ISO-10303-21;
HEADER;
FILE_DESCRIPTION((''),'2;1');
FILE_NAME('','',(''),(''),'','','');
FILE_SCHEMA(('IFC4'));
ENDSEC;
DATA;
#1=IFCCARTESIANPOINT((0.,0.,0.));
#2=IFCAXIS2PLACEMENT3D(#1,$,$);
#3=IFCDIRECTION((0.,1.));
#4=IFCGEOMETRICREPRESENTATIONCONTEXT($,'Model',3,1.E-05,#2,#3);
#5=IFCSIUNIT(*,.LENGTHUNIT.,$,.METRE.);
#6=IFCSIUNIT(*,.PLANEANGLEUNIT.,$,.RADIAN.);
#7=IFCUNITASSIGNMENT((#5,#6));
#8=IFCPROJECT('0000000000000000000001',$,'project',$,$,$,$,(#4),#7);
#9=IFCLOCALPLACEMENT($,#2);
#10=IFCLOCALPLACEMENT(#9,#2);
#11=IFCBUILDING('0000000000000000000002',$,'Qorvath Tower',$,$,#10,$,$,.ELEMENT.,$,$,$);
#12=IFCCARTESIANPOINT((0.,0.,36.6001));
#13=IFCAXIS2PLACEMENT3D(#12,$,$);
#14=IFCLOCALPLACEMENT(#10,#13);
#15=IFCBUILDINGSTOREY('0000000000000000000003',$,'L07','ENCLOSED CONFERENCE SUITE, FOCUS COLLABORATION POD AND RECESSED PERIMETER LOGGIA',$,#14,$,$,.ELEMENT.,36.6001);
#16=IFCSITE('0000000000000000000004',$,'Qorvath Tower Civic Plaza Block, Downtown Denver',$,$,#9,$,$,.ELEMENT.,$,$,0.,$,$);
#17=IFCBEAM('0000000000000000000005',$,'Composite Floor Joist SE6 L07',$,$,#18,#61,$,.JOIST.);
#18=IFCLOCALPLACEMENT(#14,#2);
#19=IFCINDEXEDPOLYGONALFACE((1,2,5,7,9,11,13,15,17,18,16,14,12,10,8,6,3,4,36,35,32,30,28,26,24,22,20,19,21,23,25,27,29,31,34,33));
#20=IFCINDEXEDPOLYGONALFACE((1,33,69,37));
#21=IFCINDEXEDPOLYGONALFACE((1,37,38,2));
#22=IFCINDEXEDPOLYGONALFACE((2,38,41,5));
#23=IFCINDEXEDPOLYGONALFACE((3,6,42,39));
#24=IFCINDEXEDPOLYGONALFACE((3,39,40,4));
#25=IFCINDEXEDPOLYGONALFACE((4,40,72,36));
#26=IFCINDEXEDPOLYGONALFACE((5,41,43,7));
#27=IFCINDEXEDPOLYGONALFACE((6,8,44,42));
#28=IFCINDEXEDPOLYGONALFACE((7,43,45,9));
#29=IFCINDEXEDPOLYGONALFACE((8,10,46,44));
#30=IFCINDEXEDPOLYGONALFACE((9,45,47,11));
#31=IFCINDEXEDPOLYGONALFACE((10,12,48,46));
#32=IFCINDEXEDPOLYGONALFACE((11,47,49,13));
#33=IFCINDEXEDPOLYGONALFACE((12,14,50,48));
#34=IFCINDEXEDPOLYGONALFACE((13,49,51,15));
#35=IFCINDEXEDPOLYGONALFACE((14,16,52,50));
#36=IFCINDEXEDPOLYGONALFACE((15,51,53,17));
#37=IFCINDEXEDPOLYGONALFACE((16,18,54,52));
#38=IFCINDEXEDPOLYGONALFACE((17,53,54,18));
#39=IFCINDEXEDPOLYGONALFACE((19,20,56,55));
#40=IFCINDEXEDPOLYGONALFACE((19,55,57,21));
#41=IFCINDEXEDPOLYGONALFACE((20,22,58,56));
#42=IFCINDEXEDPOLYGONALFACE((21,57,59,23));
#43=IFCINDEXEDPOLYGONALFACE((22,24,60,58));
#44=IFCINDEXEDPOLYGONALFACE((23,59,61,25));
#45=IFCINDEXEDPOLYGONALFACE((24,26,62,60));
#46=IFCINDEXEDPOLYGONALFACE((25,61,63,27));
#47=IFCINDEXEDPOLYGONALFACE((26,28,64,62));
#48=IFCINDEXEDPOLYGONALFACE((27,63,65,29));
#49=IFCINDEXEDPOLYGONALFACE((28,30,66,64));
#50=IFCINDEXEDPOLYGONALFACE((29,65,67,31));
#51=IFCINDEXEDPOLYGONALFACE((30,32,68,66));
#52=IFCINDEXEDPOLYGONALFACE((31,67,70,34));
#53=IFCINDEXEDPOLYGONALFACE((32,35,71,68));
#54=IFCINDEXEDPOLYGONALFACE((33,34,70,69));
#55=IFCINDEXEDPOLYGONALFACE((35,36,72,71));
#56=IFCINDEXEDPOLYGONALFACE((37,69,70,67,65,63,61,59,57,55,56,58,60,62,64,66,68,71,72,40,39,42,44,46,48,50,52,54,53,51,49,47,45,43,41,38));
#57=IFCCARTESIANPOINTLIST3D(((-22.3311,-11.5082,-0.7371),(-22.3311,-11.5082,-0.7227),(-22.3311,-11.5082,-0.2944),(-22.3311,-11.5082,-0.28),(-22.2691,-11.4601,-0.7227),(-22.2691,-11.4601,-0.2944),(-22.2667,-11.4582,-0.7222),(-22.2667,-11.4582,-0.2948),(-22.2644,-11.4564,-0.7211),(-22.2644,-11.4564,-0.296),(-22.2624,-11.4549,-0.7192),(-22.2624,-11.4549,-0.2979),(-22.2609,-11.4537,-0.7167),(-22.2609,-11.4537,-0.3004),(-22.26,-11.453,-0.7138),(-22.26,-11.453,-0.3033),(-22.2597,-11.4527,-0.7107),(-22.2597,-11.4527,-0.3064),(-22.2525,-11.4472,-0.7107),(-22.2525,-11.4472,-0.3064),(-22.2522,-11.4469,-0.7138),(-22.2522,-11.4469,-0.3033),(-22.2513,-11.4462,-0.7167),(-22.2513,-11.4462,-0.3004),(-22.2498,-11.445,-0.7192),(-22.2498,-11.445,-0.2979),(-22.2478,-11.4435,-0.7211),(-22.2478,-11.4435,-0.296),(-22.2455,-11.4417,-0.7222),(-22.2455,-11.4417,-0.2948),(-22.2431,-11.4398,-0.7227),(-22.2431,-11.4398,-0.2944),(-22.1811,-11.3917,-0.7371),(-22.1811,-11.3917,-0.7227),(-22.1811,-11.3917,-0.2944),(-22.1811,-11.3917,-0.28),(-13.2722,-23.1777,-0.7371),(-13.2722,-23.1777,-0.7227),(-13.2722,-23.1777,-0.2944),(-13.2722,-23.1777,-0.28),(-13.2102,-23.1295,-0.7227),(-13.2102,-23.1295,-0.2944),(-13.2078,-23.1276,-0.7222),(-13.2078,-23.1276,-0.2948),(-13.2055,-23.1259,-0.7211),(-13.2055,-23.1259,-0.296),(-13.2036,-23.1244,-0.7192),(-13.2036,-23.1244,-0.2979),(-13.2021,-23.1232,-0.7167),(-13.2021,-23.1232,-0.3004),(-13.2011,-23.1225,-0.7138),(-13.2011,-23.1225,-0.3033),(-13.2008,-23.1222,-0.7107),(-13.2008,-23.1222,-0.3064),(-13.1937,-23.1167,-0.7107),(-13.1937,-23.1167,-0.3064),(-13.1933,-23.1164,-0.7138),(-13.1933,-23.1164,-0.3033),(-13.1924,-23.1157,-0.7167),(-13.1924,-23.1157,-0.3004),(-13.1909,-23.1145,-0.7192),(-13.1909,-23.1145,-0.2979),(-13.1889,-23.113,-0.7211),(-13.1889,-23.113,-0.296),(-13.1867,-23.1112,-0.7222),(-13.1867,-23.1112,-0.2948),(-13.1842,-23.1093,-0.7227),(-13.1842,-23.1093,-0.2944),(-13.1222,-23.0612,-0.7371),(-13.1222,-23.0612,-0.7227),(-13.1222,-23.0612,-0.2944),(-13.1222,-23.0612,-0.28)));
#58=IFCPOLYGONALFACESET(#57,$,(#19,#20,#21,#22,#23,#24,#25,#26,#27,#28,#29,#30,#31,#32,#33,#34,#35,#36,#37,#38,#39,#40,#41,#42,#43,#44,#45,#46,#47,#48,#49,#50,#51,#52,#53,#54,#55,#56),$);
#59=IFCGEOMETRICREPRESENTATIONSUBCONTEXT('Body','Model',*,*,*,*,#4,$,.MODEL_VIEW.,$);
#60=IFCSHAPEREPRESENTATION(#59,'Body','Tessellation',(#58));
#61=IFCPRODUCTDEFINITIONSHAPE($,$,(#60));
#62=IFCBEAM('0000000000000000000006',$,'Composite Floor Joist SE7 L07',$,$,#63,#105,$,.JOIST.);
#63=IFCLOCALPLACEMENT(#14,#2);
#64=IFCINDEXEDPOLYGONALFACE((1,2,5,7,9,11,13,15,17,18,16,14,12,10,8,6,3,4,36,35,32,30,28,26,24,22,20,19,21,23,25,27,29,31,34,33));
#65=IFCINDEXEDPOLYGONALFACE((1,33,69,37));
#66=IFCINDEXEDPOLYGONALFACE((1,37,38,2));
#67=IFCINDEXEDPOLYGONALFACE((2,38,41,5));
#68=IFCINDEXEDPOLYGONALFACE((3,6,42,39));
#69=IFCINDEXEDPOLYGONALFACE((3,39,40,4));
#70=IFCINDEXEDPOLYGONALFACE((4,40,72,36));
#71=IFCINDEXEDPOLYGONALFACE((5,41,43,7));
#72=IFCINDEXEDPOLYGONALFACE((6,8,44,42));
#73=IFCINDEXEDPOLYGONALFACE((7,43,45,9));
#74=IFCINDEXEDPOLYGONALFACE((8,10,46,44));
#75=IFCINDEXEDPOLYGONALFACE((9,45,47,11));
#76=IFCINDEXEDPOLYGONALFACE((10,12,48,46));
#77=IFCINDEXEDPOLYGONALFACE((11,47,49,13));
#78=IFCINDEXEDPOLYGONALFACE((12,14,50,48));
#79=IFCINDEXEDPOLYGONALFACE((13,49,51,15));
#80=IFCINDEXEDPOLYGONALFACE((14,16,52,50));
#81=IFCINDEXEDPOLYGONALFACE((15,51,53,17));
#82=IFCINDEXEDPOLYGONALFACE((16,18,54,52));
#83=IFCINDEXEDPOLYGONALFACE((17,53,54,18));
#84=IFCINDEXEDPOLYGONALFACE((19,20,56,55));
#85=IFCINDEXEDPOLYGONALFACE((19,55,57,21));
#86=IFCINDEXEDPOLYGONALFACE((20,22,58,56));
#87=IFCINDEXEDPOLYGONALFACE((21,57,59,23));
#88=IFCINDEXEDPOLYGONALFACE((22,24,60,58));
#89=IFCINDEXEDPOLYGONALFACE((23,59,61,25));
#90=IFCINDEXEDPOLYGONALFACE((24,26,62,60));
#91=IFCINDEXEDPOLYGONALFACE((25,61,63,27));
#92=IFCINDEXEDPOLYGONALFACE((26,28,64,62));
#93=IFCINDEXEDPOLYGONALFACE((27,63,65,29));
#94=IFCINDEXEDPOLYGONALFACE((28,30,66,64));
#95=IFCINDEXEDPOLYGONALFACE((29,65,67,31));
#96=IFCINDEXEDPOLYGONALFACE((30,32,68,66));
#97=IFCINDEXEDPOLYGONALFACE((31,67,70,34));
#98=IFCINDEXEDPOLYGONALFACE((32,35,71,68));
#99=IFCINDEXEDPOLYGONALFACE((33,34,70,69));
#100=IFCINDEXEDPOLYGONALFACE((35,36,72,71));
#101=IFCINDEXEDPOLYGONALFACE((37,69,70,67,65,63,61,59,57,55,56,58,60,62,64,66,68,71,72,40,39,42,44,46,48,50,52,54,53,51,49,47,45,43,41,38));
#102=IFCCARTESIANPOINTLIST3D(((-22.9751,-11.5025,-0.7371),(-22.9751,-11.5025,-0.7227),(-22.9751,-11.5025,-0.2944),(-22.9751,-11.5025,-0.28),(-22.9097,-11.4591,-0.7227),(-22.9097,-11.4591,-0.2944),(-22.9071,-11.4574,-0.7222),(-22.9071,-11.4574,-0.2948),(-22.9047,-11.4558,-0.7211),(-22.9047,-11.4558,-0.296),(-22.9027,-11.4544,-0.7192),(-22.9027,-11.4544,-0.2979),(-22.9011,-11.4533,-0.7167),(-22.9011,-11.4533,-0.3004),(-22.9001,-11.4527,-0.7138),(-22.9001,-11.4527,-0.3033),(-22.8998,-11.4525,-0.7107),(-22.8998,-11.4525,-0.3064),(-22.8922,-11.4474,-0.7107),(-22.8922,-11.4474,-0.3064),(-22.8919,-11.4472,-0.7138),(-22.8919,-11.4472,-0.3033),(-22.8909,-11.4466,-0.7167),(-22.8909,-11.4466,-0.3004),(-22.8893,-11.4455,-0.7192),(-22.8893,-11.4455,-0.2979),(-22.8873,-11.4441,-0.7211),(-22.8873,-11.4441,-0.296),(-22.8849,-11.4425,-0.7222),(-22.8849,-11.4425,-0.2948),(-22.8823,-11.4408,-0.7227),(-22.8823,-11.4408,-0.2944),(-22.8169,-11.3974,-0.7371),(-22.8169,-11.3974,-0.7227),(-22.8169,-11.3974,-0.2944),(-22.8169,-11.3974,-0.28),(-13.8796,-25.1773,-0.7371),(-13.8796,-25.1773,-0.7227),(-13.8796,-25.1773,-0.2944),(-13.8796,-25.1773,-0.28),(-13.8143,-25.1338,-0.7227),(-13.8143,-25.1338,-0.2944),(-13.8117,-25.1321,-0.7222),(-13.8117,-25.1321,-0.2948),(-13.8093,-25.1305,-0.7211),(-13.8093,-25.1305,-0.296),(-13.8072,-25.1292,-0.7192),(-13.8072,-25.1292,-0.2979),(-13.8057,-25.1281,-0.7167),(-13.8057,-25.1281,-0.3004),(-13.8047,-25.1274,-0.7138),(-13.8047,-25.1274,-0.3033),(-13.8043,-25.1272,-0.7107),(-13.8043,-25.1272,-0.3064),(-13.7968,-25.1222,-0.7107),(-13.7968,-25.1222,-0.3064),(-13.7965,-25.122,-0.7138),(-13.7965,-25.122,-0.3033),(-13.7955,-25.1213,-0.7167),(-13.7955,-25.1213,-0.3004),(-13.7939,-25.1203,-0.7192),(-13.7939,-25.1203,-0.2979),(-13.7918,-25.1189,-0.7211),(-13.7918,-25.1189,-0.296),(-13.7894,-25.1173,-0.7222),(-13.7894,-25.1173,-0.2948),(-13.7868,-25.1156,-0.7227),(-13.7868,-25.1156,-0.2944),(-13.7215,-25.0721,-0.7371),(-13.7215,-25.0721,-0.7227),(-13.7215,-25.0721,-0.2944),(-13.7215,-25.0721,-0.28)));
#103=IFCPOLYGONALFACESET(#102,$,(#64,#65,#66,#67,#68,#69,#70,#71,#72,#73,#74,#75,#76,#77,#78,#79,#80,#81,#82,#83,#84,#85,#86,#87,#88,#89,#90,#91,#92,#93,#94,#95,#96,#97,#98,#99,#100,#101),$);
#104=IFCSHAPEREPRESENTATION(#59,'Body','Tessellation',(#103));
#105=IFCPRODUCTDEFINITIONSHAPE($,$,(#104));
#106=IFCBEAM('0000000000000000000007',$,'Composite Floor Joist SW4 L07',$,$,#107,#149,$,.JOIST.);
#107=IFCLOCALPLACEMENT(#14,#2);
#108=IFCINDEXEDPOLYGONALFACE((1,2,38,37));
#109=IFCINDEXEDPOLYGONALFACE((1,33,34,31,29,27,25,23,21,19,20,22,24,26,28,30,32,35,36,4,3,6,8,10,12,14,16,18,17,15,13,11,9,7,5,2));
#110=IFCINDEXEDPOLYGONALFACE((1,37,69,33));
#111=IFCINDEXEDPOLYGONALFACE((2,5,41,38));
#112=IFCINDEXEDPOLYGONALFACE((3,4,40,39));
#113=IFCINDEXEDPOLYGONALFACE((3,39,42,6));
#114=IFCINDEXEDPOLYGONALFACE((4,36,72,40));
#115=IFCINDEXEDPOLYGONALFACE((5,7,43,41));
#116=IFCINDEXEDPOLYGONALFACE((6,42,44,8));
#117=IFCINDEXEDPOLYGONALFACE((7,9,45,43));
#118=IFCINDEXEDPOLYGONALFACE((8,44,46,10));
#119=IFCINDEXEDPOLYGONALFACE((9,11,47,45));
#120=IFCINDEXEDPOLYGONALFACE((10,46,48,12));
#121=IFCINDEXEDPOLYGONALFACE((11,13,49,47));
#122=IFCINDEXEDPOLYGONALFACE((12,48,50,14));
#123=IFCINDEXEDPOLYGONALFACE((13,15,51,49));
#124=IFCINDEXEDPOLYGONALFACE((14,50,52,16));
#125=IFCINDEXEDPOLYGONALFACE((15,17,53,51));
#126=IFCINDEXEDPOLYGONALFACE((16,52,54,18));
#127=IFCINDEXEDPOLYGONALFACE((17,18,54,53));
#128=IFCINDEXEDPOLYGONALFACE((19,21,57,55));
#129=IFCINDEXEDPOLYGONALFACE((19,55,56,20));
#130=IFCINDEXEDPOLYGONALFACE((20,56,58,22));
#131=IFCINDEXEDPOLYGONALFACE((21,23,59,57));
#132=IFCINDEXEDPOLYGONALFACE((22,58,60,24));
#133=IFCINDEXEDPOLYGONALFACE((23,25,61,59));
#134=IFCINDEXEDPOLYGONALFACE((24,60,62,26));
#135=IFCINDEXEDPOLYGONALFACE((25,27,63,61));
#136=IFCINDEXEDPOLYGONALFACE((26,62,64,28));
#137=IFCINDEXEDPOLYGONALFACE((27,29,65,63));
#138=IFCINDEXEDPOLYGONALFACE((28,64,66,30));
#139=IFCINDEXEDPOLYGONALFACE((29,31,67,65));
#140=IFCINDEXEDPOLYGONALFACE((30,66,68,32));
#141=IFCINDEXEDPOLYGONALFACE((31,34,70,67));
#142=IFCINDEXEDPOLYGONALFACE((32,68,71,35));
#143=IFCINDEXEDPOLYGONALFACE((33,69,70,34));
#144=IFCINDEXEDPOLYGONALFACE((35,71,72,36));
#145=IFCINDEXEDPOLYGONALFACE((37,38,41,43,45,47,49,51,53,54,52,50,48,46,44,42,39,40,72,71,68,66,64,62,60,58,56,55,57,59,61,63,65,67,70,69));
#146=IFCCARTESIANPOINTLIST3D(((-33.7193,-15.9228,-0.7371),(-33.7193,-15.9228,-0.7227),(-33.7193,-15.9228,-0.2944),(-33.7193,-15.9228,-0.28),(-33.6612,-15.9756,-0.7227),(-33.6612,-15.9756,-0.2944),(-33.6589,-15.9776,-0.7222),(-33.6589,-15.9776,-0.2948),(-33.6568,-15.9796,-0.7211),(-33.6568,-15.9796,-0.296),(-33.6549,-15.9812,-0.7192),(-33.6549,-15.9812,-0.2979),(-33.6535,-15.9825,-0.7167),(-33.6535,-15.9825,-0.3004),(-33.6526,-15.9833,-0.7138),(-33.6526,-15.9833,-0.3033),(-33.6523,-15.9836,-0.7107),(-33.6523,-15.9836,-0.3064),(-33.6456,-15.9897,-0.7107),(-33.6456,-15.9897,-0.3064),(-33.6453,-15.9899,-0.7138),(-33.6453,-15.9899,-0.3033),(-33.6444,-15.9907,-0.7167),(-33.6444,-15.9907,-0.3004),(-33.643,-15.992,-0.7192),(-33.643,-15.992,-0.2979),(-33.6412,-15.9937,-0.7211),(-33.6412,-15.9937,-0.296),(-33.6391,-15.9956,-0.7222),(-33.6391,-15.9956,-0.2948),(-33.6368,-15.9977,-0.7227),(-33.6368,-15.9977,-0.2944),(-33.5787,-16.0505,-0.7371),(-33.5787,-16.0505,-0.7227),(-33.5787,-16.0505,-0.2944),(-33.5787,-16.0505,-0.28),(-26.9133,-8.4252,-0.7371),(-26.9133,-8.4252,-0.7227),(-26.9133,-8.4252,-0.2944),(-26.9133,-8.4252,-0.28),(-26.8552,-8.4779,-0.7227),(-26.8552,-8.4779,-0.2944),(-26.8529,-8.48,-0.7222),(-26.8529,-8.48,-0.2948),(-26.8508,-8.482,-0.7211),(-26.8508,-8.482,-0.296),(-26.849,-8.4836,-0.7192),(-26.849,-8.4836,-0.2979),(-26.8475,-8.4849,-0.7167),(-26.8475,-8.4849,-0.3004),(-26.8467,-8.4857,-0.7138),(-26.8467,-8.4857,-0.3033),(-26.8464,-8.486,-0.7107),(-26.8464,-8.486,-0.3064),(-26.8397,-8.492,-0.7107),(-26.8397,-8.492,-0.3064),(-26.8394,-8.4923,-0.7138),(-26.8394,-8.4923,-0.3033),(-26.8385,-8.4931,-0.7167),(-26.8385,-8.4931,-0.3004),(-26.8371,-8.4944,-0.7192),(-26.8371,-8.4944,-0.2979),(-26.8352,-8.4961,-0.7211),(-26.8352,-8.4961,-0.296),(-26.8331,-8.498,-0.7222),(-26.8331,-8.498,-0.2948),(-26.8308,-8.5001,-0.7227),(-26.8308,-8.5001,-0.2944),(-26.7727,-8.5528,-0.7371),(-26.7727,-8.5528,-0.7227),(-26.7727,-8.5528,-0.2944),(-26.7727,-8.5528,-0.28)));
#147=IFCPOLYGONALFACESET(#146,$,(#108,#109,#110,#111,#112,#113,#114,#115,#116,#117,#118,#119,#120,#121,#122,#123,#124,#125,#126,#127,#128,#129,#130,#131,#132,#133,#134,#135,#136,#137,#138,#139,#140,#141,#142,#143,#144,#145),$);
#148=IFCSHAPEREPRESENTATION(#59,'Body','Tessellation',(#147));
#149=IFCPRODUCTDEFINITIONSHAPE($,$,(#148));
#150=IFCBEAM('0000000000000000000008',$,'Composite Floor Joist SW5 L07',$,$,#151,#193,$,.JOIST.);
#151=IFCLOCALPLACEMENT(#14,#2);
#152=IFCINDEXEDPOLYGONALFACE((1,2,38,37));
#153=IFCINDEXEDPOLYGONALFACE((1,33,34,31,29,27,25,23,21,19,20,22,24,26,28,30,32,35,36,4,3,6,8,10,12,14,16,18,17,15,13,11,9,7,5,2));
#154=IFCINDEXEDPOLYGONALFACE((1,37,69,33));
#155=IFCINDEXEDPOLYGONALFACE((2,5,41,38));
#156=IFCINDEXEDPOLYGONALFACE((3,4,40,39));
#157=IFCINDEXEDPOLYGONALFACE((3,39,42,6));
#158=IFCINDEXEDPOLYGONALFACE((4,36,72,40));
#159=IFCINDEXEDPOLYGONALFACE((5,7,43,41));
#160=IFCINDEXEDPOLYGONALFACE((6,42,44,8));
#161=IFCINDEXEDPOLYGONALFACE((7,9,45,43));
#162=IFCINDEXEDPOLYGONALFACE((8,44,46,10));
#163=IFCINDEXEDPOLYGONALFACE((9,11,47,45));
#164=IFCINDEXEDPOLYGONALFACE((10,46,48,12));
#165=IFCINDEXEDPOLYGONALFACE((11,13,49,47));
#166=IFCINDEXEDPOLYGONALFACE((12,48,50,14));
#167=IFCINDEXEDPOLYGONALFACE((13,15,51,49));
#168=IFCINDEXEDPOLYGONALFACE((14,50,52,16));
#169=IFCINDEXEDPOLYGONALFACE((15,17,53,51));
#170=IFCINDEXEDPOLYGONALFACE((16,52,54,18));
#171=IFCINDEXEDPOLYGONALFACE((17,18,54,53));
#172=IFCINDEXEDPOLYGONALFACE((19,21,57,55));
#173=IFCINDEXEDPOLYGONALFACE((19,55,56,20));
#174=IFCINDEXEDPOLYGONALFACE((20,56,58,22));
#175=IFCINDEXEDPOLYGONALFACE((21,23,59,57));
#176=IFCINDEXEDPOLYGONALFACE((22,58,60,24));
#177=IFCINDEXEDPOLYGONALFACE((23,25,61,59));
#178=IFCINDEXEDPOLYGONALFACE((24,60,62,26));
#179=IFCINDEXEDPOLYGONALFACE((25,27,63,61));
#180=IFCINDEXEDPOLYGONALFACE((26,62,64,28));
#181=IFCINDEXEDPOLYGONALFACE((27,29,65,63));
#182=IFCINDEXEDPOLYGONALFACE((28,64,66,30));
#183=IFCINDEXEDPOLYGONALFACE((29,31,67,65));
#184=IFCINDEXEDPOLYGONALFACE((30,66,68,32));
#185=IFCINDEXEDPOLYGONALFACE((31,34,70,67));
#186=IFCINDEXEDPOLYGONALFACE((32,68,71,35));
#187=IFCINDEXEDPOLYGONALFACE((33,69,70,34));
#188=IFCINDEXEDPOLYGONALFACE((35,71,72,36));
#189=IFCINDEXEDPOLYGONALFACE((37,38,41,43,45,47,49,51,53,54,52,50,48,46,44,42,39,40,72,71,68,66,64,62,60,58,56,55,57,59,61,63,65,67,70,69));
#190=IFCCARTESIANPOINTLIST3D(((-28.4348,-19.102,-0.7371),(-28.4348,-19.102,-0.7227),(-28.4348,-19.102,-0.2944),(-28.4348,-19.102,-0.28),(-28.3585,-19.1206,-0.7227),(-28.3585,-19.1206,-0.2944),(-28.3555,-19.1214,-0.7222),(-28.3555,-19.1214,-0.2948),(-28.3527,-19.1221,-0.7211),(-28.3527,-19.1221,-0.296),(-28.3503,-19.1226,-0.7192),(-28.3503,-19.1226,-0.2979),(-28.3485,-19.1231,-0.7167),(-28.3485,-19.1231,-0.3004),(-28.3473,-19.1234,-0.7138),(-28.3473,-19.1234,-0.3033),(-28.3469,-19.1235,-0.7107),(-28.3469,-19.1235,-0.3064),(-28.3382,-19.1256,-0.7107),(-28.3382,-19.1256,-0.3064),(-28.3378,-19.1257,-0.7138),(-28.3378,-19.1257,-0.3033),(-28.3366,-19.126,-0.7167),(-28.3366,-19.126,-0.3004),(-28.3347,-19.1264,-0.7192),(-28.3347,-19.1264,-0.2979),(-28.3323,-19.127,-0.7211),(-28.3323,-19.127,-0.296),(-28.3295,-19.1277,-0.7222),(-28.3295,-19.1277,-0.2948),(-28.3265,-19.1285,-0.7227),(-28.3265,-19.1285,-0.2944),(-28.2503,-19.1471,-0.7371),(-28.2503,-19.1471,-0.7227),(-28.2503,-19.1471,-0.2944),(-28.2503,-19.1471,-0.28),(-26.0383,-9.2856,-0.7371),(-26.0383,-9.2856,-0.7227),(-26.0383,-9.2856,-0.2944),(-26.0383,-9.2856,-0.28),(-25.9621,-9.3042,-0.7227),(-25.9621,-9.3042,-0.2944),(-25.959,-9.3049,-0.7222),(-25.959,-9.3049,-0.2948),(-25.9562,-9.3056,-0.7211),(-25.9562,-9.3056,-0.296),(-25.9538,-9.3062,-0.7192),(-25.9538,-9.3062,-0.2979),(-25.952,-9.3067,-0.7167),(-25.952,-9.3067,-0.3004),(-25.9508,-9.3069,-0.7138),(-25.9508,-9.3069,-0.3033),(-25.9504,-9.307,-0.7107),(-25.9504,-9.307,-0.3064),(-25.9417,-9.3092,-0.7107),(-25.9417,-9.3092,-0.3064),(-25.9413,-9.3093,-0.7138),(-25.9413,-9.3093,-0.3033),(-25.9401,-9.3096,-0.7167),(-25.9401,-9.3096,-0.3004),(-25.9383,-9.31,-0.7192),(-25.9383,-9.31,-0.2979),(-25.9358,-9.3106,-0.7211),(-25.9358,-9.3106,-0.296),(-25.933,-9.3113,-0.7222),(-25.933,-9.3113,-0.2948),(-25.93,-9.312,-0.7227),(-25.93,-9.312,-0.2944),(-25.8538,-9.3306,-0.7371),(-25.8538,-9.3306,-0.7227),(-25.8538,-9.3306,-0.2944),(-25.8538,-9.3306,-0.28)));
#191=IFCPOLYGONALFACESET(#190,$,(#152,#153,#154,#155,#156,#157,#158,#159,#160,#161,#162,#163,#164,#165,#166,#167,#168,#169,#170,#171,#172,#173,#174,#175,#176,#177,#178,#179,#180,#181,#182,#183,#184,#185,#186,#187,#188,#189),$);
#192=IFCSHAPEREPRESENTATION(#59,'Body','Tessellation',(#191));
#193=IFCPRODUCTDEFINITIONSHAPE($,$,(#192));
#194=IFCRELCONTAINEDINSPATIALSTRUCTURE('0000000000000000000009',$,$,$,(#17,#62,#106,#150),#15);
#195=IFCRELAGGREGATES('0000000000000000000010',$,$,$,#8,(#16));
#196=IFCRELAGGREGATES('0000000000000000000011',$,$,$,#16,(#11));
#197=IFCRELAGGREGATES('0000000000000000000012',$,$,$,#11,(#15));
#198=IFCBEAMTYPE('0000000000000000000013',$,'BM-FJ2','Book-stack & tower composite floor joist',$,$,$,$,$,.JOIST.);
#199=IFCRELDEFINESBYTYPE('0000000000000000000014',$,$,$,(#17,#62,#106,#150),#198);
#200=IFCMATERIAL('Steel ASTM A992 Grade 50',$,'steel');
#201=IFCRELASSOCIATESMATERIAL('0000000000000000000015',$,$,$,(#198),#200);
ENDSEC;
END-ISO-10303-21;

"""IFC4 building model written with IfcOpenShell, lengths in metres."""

from ifc_helpers import new_model, si_unit, direction, frame, origin, origin_2d, place, context, subcontext, project, spatial, i_section, extrude, material, material_profile, profile_set, type_object, element, save


model = new_model("IFC4")

# Units and contexts
model_context = context("Model", 3, precision=1e-05, world=origin(), true_north=direction((0.0, 1.0)))
body_context = subcontext(model_context, "Body", "Model", "MODEL_VIEW")
ifc_project = project(units=[si_unit("LENGTHUNIT", "METRE"), si_unit("PLANEANGLEUNIT", "RADIAN")], contexts=[model_context])

# Site, building, storey
site_placement = place(None, origin())
site = spatial("IfcSite", under=ifc_project, at=site_placement, Name="Qorvath Tower Civic Plaza Block, Downtown Denver", CompositionType="ELEMENT", RefElevation=0.0)
building_placement = place(site_placement, origin())
building = spatial("IfcBuilding", under=site, at=building_placement, Name="Qorvath Tower", CompositionType="ELEMENT")
storey_placement = place(building_placement, frame((0.0, 0.0, 36.6001)))
storey = spatial("IfcBuildingStorey", under=building, at=storey_placement, Name="L07", Description="ENCLOSED CONFERENCE SUITE, FOCUS COLLABORATION POD AND RECESSED PERIMETER LOGGIA", CompositionType="ELEMENT", Elevation=36.6001)

# Beams
ifc_material_1 = material(Name="Steel ASTM A992 Grade 50", Category="steel")
ifc_material_profile_1 = material_profile(ifc_material_1, i_section(OverallWidth=0.1899, OverallDepth=0.457, WebThickness=0.009, FlangeThickness=0.0144, FilletRadius=0.012, at=origin_2d()), Name="W18x50")
ifc_profile_set_1 = profile_set([ifc_material_profile_1], Name="Steel ASTM A992 Grade 50")
beam_type_1 = type_object("IfcBeamType", Name="BM-FJ2", Description="Book-stack & tower composite floor joist", PredefinedType="JOIST", material=ifc_profile_set_1)
beam_1_placement = place(storey_placement, frame((-22.2561, -11.45, -0.5085), z_axis=(0.613207, -0.789922, 0.0), x_axis=(0.789922, 0.613207, 0.0)))
element("IfcBeam", 1, at=beam_1_placement, inside=storey, type_object=beam_type_1, Name="Composite Floor Joist SE6 L07", PredefinedType="JOIST", context=body_context, shape_type="SweptSolid", body=[
    extrude(i_section(OverallWidth=0.1899, OverallDepth=0.457, WebThickness=0.009, FlangeThickness=0.0144, FilletRadius=0.012, at=origin_2d()), origin(), (0.0, 0.0, 1.0), 14.7729),
])
beam_2_placement = place(storey_placement, frame((-22.896, -11.45, -0.5085), z_axis=(0.553811, -0.832642, 0.0), x_axis=(0.832642, 0.553811, 0.0)))
element("IfcBeam", 2, at=beam_2_placement, inside=storey, type_object=beam_type_1, Name="Composite Floor Joist SE7 L07", PredefinedType="JOIST", context=body_context, shape_type="SweptSolid", body=[
    extrude(i_section(OverallWidth=0.1899, OverallDepth=0.457, WebThickness=0.009, FlangeThickness=0.0144, FilletRadius=0.012, at=origin_2d()), origin(), (0.0, 0.0, 1.0), 16.4233),
])
beam_3_placement = place(storey_placement, frame((-26.843, -8.489, -0.5085), z_axis=(-0.672129, -0.740434, 0.0), x_axis=(0.740434, -0.672129, 0.0)))
element("IfcBeam", 3, at=beam_3_placement, inside=storey, type_object=beam_type_1, Name="Composite Floor Joist SW4 L07", PredefinedType="JOIST", context=body_context, shape_type="SweptSolid", body=[
    extrude(i_section(OverallWidth=0.1899, OverallDepth=0.457, WebThickness=0.009, FlangeThickness=0.0144, FilletRadius=0.012, at=origin_2d()), origin(), (0.0, 0.0, 1.0), 10.126),
])
beam_4_placement = place(storey_placement, frame((-25.946, -9.3081, -0.5085), z_axis=(-0.237165, -0.971469, 0.0), x_axis=(0.971469, -0.237165, 0.0)))
element("IfcBeam", 4, at=beam_4_placement, inside=storey, type_object=beam_type_1, Name="Composite Floor Joist SW5 L07", PredefinedType="JOIST", context=body_context, shape_type="SweptSolid", body=[
    extrude(i_section(OverallWidth=0.1899, OverallDepth=0.457, WebThickness=0.009, FlangeThickness=0.0144, FilletRadius=0.012, at=origin_2d()), origin(), (0.0, 0.0, 1.0), 10.1047),
])

save(model, "model.ifc")
